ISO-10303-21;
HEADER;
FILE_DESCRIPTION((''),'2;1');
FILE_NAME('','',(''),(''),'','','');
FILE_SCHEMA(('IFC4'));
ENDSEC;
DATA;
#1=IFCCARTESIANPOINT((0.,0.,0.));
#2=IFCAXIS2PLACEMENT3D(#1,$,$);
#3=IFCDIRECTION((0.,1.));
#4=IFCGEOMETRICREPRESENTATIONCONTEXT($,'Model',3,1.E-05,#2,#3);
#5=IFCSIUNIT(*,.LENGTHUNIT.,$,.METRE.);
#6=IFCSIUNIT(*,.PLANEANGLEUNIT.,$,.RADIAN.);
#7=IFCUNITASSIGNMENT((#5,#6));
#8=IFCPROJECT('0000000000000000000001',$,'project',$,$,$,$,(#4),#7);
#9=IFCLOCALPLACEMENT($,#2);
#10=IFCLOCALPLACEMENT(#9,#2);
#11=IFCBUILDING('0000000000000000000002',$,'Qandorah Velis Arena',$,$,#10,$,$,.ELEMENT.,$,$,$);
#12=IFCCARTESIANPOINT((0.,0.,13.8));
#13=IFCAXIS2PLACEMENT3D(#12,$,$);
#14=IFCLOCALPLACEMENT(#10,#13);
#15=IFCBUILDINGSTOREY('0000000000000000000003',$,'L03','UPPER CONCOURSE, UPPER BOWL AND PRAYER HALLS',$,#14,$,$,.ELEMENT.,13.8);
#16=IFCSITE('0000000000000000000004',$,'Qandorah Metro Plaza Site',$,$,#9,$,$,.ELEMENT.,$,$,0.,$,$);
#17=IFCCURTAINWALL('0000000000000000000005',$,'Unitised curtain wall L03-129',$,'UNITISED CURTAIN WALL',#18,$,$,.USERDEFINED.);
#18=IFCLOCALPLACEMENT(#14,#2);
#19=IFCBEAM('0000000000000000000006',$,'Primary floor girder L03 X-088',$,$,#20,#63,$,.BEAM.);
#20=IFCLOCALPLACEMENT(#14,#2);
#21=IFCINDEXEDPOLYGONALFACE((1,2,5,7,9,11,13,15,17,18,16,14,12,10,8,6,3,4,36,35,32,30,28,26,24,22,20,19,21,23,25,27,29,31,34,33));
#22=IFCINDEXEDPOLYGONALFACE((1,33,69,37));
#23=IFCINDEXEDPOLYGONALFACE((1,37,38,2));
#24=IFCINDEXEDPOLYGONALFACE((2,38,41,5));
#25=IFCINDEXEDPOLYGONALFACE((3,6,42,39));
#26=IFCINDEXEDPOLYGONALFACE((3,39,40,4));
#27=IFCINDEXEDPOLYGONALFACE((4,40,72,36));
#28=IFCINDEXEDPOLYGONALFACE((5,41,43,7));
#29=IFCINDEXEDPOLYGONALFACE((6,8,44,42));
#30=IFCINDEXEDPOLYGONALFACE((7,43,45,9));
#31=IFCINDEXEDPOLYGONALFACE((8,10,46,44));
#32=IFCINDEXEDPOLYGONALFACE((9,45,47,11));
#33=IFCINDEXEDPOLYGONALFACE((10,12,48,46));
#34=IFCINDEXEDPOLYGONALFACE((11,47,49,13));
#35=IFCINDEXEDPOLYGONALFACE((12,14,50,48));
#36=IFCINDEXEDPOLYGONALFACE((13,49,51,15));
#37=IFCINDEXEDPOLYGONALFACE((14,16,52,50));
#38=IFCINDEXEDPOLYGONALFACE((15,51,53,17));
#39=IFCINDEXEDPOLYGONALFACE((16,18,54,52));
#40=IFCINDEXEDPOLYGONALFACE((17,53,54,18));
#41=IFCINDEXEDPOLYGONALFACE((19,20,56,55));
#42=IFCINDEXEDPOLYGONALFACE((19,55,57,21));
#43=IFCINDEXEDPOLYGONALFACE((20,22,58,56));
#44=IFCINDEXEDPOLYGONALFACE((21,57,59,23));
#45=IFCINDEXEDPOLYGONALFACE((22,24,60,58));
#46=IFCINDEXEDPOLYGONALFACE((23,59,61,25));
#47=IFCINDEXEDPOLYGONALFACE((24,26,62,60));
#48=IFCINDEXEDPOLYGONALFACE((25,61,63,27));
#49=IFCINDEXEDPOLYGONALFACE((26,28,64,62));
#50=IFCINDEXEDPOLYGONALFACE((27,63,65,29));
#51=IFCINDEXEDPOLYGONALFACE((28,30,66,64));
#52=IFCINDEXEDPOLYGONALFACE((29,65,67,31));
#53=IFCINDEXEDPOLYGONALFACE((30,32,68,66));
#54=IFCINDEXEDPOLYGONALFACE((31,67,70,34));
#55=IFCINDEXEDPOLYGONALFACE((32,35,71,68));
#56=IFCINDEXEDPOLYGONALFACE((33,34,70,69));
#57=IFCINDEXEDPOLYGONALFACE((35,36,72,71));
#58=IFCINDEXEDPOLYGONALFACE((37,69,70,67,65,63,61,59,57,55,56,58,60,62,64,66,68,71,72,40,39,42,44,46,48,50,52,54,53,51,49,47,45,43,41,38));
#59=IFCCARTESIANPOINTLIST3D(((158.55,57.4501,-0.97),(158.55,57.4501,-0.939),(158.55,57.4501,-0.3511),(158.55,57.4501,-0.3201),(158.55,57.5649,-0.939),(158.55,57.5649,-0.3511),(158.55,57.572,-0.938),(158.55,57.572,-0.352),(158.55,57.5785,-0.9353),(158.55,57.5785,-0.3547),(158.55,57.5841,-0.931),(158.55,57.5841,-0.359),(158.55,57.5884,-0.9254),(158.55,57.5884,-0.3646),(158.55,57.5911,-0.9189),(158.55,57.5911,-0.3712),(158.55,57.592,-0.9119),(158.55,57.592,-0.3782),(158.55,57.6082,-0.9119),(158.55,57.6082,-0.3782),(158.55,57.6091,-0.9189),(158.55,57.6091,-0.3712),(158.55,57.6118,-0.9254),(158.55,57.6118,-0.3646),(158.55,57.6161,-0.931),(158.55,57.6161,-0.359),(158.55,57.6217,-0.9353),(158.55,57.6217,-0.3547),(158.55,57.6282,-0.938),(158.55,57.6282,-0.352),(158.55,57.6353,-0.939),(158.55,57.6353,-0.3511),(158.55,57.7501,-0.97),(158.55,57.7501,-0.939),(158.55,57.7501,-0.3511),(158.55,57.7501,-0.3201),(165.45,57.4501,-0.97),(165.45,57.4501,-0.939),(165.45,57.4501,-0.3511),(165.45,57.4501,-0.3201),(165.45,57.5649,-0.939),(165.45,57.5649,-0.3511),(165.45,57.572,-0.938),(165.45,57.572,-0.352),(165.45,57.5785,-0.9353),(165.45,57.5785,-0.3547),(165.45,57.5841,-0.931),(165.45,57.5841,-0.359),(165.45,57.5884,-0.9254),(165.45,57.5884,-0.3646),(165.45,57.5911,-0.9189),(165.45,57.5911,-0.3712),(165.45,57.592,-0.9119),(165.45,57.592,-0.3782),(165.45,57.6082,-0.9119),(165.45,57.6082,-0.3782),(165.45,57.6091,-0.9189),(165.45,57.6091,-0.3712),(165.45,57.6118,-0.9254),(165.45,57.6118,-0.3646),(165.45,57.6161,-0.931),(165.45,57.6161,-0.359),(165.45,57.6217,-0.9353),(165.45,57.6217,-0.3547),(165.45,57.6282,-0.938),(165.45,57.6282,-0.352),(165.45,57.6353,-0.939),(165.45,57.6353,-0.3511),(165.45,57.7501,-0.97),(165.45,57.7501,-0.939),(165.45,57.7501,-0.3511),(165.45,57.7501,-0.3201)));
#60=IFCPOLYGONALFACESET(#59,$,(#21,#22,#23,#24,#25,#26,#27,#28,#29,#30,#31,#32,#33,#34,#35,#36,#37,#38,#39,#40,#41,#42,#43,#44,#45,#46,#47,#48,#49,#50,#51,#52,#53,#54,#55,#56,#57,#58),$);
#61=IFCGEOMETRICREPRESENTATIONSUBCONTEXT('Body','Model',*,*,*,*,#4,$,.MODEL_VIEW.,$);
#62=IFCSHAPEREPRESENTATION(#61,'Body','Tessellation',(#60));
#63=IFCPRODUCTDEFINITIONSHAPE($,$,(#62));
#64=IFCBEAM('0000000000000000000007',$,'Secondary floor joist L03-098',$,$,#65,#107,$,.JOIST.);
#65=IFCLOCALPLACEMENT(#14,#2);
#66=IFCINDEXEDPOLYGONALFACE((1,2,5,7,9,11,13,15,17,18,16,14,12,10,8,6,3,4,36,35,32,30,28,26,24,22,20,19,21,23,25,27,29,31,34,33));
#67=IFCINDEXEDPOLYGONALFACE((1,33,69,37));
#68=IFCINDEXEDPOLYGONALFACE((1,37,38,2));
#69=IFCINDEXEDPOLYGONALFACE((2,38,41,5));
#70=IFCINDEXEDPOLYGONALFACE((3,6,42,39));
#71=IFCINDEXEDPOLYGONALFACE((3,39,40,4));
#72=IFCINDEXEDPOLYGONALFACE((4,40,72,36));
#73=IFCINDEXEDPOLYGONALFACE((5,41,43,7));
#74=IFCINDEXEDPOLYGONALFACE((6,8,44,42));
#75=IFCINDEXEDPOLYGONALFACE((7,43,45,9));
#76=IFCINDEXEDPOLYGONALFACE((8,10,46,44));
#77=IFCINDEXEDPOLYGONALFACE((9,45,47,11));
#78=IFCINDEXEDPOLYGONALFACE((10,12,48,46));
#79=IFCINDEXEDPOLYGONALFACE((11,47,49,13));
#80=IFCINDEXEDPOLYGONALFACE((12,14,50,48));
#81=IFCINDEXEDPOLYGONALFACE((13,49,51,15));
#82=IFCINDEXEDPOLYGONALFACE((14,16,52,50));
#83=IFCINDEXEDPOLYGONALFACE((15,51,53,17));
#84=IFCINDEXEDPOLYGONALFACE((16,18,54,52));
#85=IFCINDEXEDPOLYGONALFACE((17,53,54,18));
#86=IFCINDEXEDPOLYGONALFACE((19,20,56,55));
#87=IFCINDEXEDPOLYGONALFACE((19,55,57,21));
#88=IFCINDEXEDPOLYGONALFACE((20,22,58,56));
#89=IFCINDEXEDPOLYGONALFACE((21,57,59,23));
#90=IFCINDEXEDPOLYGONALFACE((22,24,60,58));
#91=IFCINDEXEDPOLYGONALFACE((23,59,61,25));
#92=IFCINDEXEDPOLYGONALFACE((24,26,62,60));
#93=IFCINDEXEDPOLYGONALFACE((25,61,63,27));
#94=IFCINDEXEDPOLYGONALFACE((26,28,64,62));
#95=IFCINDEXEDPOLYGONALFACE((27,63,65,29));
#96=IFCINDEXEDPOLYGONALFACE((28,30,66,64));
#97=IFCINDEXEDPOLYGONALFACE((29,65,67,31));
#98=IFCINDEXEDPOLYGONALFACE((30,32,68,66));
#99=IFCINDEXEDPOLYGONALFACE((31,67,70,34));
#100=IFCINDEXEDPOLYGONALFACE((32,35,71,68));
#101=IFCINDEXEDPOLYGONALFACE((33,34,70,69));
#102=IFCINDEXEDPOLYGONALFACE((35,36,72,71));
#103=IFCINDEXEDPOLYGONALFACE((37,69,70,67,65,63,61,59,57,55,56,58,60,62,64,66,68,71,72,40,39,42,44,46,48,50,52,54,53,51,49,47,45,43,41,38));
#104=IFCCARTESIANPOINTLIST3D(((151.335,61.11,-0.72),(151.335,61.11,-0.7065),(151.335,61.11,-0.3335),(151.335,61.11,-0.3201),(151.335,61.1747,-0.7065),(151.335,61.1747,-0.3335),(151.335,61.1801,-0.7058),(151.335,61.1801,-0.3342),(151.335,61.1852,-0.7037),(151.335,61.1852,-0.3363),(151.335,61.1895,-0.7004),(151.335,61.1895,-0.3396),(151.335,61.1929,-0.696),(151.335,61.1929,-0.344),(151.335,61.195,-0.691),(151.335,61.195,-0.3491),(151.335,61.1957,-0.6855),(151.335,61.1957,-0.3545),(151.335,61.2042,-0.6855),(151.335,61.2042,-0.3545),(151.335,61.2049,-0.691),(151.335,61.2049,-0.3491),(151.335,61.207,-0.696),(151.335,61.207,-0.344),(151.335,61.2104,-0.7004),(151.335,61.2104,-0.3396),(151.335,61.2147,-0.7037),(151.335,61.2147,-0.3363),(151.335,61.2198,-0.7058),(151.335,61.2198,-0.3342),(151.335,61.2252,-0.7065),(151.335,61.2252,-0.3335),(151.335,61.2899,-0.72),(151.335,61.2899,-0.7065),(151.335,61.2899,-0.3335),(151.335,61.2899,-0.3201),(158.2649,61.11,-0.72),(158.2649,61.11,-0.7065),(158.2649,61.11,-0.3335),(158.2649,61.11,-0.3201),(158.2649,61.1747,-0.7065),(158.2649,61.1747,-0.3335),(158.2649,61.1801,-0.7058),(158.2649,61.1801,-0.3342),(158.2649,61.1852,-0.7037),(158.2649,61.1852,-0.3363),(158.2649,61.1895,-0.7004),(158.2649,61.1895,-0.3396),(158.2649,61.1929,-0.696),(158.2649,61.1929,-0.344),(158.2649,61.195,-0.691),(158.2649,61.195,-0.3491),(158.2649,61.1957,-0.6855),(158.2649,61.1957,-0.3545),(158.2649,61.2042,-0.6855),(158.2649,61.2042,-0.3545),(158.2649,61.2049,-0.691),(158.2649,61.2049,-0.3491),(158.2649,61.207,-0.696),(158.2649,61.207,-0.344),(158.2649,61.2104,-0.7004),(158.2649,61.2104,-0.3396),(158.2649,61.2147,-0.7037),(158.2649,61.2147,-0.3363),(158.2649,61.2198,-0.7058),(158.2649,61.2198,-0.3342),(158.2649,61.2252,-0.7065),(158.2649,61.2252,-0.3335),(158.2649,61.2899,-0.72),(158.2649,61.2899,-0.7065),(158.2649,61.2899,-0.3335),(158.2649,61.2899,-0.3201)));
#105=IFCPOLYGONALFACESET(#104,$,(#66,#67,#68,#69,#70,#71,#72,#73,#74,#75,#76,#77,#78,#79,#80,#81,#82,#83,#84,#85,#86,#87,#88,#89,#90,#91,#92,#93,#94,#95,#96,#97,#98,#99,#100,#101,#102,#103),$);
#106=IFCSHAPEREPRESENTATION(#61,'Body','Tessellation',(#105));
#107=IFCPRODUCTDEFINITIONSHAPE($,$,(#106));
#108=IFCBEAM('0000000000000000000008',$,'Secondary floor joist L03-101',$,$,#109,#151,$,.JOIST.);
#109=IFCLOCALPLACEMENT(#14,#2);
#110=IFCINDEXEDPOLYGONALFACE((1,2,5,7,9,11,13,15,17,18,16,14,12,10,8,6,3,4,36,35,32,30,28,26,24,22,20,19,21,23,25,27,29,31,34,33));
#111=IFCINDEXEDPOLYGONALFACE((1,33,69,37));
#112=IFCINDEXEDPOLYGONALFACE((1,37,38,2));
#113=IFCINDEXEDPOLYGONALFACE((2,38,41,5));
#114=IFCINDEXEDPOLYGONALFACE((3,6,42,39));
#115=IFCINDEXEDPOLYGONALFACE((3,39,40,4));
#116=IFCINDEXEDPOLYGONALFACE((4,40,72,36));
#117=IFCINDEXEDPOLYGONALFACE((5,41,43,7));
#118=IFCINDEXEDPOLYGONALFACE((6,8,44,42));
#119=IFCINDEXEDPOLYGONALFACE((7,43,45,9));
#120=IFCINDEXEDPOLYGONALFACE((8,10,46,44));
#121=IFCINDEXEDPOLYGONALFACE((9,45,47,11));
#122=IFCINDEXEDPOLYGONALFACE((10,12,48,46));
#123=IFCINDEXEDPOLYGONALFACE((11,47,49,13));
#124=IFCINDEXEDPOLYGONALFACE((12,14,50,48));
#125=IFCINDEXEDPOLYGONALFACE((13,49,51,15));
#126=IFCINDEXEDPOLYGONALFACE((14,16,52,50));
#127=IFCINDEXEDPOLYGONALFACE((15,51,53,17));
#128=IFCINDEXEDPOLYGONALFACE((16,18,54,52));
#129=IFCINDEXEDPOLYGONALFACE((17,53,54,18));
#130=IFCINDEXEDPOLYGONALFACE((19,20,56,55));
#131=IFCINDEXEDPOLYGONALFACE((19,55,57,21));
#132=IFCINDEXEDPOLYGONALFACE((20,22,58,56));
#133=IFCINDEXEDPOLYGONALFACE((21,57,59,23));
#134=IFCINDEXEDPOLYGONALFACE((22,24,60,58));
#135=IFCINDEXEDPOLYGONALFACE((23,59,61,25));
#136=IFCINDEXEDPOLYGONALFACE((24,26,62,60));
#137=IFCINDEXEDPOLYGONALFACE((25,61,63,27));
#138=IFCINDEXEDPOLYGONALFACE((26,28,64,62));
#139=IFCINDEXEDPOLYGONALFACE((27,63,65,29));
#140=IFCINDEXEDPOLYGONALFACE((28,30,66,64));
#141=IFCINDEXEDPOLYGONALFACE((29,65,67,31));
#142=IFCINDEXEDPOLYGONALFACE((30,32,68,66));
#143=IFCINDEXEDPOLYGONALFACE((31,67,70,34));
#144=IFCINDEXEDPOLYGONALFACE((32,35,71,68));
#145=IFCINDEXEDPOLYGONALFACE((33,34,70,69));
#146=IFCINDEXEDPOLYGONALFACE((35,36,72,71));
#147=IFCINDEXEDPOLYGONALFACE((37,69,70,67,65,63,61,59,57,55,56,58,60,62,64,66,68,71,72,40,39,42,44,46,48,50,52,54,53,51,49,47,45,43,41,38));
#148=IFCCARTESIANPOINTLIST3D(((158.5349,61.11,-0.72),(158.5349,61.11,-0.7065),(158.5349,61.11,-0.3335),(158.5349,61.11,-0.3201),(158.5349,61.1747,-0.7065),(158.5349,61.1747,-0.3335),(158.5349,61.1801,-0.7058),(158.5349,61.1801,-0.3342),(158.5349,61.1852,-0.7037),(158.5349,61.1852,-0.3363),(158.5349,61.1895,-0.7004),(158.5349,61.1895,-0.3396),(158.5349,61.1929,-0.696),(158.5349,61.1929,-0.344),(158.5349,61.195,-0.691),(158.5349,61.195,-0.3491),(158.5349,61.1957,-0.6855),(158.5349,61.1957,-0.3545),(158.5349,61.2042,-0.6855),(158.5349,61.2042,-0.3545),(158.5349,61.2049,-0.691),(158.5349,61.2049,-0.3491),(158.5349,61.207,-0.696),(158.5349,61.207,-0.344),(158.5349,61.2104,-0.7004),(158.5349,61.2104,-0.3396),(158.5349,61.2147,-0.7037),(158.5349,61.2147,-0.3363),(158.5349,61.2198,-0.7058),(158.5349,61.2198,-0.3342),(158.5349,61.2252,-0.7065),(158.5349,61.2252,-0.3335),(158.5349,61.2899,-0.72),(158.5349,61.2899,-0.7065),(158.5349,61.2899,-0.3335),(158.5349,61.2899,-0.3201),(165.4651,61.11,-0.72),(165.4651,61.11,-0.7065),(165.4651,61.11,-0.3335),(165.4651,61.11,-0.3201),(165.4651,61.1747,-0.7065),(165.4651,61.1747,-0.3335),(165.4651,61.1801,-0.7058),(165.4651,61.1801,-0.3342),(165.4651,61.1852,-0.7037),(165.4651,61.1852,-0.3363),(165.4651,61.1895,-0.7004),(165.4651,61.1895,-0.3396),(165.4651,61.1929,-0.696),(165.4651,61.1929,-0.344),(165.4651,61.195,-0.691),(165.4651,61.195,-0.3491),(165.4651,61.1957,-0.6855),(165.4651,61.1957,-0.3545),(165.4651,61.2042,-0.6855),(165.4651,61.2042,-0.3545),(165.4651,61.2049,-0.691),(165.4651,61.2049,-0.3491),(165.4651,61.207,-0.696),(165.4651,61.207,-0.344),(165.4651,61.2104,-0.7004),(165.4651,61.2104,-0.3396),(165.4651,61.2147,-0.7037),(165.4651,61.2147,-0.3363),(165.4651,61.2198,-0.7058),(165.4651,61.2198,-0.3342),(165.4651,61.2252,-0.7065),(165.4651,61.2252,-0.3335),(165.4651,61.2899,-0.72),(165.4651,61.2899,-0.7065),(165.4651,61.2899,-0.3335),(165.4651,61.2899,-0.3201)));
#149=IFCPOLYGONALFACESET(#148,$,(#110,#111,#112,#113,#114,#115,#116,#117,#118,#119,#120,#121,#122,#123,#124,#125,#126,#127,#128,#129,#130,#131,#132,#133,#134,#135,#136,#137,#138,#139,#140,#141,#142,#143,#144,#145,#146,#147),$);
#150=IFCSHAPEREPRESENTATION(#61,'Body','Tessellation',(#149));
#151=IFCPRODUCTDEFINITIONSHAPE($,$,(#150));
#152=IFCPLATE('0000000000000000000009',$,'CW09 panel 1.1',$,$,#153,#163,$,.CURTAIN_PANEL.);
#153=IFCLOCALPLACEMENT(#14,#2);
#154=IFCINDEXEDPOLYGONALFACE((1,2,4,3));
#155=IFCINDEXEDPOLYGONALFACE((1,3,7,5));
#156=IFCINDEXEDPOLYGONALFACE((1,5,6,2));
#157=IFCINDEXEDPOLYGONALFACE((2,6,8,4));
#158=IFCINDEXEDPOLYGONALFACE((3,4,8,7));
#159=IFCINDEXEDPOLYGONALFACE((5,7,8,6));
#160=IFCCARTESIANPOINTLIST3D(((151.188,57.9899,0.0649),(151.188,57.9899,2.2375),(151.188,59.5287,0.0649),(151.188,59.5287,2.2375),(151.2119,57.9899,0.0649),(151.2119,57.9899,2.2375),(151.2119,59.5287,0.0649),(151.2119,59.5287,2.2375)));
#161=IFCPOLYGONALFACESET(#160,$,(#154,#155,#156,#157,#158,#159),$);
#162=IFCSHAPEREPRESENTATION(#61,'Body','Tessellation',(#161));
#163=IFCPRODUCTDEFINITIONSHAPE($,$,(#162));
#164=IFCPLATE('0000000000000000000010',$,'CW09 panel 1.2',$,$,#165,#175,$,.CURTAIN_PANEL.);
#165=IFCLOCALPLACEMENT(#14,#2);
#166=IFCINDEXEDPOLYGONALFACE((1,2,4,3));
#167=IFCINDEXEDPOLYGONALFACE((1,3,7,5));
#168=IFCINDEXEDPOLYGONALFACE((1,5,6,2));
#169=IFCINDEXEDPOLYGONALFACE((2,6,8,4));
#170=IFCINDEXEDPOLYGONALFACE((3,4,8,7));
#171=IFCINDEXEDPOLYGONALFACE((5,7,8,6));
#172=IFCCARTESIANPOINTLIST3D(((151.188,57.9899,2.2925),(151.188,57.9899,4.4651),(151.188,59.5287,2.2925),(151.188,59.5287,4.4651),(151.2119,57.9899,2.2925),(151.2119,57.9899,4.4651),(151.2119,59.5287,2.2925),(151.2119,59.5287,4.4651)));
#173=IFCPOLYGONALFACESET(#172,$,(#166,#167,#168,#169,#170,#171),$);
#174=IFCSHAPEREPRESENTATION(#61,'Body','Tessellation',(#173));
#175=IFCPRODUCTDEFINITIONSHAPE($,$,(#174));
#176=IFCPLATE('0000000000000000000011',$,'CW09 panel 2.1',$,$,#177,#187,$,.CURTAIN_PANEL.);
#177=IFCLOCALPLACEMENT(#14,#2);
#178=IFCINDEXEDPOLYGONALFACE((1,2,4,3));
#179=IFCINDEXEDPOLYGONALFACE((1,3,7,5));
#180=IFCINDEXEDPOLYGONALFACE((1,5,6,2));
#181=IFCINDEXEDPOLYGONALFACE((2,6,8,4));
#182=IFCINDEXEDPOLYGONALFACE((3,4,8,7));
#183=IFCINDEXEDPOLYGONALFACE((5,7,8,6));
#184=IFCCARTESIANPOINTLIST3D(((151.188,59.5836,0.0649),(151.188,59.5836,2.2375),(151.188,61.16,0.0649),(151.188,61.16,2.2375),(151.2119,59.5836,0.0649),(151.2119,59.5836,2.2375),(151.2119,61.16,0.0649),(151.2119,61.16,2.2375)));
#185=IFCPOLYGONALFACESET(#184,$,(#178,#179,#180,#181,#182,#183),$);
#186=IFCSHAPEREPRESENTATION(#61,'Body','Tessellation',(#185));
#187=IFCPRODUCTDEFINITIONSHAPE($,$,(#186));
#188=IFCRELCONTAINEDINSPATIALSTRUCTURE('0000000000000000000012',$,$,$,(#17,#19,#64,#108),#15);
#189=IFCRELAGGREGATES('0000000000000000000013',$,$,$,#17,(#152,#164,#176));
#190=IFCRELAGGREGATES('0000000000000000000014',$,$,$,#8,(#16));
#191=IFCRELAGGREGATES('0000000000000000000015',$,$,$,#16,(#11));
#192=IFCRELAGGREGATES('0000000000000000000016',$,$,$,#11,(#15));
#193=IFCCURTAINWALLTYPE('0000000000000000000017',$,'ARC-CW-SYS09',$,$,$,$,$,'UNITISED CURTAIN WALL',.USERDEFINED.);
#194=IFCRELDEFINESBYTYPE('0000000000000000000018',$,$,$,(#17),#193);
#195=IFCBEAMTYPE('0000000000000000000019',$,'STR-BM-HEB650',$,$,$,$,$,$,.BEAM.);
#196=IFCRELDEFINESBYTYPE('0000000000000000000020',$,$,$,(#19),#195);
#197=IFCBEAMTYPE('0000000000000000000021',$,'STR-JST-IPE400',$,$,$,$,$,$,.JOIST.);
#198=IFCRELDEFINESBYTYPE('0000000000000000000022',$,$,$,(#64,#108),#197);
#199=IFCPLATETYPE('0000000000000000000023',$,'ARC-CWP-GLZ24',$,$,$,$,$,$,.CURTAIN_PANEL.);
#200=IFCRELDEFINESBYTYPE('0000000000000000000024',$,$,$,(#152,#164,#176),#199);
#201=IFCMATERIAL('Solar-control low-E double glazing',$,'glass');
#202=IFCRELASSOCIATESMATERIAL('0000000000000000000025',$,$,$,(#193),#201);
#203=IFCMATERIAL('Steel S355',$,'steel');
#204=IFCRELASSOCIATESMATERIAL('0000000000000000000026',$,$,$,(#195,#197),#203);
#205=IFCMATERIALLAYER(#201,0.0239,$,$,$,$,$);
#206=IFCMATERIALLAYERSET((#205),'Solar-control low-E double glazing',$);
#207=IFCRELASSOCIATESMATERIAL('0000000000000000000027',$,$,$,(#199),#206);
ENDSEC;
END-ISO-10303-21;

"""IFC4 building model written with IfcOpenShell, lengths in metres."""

from ifc_helpers import new_model, si_unit, direction, frame, origin, origin_2d, place, context, subcontext, project, spatial, rectangle, i_section, extrude, material, layer, layer_set, material_profile, profile_set, type_object, element, aggregate, save


model = new_model("IFC4")

# Units and contexts
model_context = context("Model", 3, precision=1e-05, world=origin(), true_north=direction((0.0, 1.0)))
body_context = subcontext(model_context, "Body", "Model", "MODEL_VIEW")
ifc_project = project(units=[si_unit("LENGTHUNIT", "METRE"), si_unit("PLANEANGLEUNIT", "RADIAN")], contexts=[model_context])

# Site, building, storey
site_placement = place(None, origin())
site = spatial("IfcSite", under=ifc_project, at=site_placement, Name="Qandorah Metro Plaza Site", CompositionType="ELEMENT", RefElevation=0.0)
building_placement = place(site_placement, origin())
building = spatial("IfcBuilding", under=site, at=building_placement, Name="Qandorah Velis Arena", CompositionType="ELEMENT")
storey_placement = place(building_placement, frame((0.0, 0.0, 13.8)))
storey = spatial("IfcBuildingStorey", under=building, at=storey_placement, Name="L03", Description="UPPER CONCOURSE, UPPER BOWL AND PRAYER HALLS", CompositionType="ELEMENT", Elevation=13.8)

# Curtain wall
ifc_material_1 = material(Name="Solar-control low-E double glazing", Category="glass")
curtain_wall_type = type_object("IfcCurtainWallType", Name="ARC-CW-SYS09", ElementType="UNITISED CURTAIN WALL", PredefinedType="USERDEFINED", material=ifc_material_1)
curtain_wall_placement = place(storey_placement, origin())
curtain_wall = element("IfcCurtainWall", 1, at=curtain_wall_placement, inside=storey, type_object=curtain_wall_type, Name="Unitised curtain wall L03-129", ObjectType="UNITISED CURTAIN WALL", PredefinedType="USERDEFINED")

# Beams
ifc_material_2 = material(Name="Steel S355", Category="steel")
ifc_material_profile_1 = material_profile(ifc_material_2, i_section(OverallWidth=0.3, OverallDepth=0.6499, WebThickness=0.0161, FlangeThickness=0.031, FilletRadius=0.0271, at=origin_2d()), Name="HEB 650")
ifc_profile_set_1 = profile_set([ifc_material_profile_1], Name="Steel S355")
beam_type_1 = type_object("IfcBeamType", Name="STR-BM-HEB650", PredefinedType="BEAM", material=ifc_profile_set_1)
for number, where, z_axis, x_axis, name in (
    (2, (158.55, 57.6001, -0.645), (1.0, 0.0, 0.0), (0.0, 1.0, 0.0), "Primary floor girder L03 X-088"),
):
    element("IfcBeam", number, at=place(storey_placement, frame(where, z_axis=z_axis, x_axis=x_axis)), inside=storey, type_object=beam_type_1, Name=name, PredefinedType="BEAM", context=body_context, shape_type="SweptSolid", body=[
        extrude(i_section(OverallWidth=0.3, OverallDepth=0.6499, WebThickness=0.0161, FlangeThickness=0.031, FilletRadius=0.0271, at=origin_2d()), origin(), (0.0, 0.0, 1.0), 6.8999),
    ])
ifc_material_profile_2 = material_profile(ifc_material_2, i_section(OverallWidth=0.1799, OverallDepth=0.3999, WebThickness=0.0085, FlangeThickness=0.0134, FilletRadius=0.021, at=origin_2d()), Name="IPE 400")
ifc_profile_set_2 = profile_set([ifc_material_profile_2], Name="Steel S355")
beam_type_2 = type_object("IfcBeamType", Name="STR-JST-IPE400", PredefinedType="JOIST", material=ifc_profile_set_2)
beam_1_placement = place(storey_placement, frame((151.335, 61.2, -0.52), z_axis=(1.0, 0.0, 0.0), x_axis=(0.0, 1.0, 0.0)))
element("IfcBeam", 3, at=beam_1_placement, inside=storey, type_object=beam_type_2, Name="Secondary floor joist L03-098", PredefinedType="JOIST", context=body_context, shape_type="SweptSolid", body=[
    extrude(i_section(OverallWidth=0.1799, OverallDepth=0.3999, WebThickness=0.0085, FlangeThickness=0.0134, FilletRadius=0.021, at=origin_2d()), origin(), (0.0, 0.0, 1.0), 6.9299),
])
beam_2_placement = place(storey_placement, frame((158.5349, 61.2, -0.52), z_axis=(1.0, 0.0, 0.0), x_axis=(0.0, 1.0, 0.0)))
element("IfcBeam", 4, at=beam_2_placement, inside=storey, type_object=beam_type_2, Name="Secondary floor joist L03-101", PredefinedType="JOIST", context=body_context, shape_type="SweptSolid", body=[
    extrude(i_section(OverallWidth=0.1799, OverallDepth=0.3999, WebThickness=0.0085, FlangeThickness=0.0134, FilletRadius=0.021, at=origin_2d()), origin(), (0.0, 0.0, 1.0), 6.9302),
])

# Plates
ifc_layer_1 = layer(ifc_material_1, 0.0239)
ifc_layer_set_1 = layer_set([ifc_layer_1], Name="Solar-control low-E double glazing")
plate_type = type_object("IfcPlateType", Name="ARC-CWP-GLZ24", PredefinedType="CURTAIN_PANEL", material=ifc_layer_set_1)
plate_1_placement = place(storey_placement, frame((151.2, 58.7593, 0.0649), z_axis=(0.0, 0.0, 1.0), x_axis=(0.0, 1.0, 0.0)))
plate_1 = element("IfcPlate", 5, at=plate_1_placement, type_object=plate_type, Name="CW09 panel 1.1", PredefinedType="CURTAIN_PANEL", context=body_context, shape_type="SweptSolid", body=[
    extrude(rectangle(XDim=1.5388, YDim=0.0239, at=origin_2d()), origin(), (0.0, 0.0, 1.0), 2.1726),
])
plate_2_placement = place(storey_placement, frame((151.2, 58.7593, 2.2925), z_axis=(0.0, 0.0, 1.0), x_axis=(0.0, 1.0, 0.0)))
plate_2 = element("IfcPlate", 6, at=plate_2_placement, type_object=plate_type, Name="CW09 panel 1.2", PredefinedType="CURTAIN_PANEL", context=body_context, shape_type="SweptSolid", body=[
    extrude(rectangle(XDim=1.5388, YDim=0.0239, at=origin_2d()), origin(), (0.0, 0.0, 1.0), 2.1726),
])
plate_3_placement = place(storey_placement, frame((151.2, 60.3718, 0.0649), z_axis=(0.0, 0.0, 1.0), x_axis=(0.0, 1.0, 0.0)))
plate_3 = element("IfcPlate", 7, at=plate_3_placement, type_object=plate_type, Name="CW09 panel 2.1", PredefinedType="CURTAIN_PANEL", context=body_context, shape_type="SweptSolid", body=[
    extrude(rectangle(XDim=1.5764, YDim=0.0239, at=origin_2d()), origin(), (0.0, 0.0, 1.0), 2.1726),
])
aggregate(curtain_wall, [plate_1, plate_2, plate_3])

save(model, "model.ifc")
